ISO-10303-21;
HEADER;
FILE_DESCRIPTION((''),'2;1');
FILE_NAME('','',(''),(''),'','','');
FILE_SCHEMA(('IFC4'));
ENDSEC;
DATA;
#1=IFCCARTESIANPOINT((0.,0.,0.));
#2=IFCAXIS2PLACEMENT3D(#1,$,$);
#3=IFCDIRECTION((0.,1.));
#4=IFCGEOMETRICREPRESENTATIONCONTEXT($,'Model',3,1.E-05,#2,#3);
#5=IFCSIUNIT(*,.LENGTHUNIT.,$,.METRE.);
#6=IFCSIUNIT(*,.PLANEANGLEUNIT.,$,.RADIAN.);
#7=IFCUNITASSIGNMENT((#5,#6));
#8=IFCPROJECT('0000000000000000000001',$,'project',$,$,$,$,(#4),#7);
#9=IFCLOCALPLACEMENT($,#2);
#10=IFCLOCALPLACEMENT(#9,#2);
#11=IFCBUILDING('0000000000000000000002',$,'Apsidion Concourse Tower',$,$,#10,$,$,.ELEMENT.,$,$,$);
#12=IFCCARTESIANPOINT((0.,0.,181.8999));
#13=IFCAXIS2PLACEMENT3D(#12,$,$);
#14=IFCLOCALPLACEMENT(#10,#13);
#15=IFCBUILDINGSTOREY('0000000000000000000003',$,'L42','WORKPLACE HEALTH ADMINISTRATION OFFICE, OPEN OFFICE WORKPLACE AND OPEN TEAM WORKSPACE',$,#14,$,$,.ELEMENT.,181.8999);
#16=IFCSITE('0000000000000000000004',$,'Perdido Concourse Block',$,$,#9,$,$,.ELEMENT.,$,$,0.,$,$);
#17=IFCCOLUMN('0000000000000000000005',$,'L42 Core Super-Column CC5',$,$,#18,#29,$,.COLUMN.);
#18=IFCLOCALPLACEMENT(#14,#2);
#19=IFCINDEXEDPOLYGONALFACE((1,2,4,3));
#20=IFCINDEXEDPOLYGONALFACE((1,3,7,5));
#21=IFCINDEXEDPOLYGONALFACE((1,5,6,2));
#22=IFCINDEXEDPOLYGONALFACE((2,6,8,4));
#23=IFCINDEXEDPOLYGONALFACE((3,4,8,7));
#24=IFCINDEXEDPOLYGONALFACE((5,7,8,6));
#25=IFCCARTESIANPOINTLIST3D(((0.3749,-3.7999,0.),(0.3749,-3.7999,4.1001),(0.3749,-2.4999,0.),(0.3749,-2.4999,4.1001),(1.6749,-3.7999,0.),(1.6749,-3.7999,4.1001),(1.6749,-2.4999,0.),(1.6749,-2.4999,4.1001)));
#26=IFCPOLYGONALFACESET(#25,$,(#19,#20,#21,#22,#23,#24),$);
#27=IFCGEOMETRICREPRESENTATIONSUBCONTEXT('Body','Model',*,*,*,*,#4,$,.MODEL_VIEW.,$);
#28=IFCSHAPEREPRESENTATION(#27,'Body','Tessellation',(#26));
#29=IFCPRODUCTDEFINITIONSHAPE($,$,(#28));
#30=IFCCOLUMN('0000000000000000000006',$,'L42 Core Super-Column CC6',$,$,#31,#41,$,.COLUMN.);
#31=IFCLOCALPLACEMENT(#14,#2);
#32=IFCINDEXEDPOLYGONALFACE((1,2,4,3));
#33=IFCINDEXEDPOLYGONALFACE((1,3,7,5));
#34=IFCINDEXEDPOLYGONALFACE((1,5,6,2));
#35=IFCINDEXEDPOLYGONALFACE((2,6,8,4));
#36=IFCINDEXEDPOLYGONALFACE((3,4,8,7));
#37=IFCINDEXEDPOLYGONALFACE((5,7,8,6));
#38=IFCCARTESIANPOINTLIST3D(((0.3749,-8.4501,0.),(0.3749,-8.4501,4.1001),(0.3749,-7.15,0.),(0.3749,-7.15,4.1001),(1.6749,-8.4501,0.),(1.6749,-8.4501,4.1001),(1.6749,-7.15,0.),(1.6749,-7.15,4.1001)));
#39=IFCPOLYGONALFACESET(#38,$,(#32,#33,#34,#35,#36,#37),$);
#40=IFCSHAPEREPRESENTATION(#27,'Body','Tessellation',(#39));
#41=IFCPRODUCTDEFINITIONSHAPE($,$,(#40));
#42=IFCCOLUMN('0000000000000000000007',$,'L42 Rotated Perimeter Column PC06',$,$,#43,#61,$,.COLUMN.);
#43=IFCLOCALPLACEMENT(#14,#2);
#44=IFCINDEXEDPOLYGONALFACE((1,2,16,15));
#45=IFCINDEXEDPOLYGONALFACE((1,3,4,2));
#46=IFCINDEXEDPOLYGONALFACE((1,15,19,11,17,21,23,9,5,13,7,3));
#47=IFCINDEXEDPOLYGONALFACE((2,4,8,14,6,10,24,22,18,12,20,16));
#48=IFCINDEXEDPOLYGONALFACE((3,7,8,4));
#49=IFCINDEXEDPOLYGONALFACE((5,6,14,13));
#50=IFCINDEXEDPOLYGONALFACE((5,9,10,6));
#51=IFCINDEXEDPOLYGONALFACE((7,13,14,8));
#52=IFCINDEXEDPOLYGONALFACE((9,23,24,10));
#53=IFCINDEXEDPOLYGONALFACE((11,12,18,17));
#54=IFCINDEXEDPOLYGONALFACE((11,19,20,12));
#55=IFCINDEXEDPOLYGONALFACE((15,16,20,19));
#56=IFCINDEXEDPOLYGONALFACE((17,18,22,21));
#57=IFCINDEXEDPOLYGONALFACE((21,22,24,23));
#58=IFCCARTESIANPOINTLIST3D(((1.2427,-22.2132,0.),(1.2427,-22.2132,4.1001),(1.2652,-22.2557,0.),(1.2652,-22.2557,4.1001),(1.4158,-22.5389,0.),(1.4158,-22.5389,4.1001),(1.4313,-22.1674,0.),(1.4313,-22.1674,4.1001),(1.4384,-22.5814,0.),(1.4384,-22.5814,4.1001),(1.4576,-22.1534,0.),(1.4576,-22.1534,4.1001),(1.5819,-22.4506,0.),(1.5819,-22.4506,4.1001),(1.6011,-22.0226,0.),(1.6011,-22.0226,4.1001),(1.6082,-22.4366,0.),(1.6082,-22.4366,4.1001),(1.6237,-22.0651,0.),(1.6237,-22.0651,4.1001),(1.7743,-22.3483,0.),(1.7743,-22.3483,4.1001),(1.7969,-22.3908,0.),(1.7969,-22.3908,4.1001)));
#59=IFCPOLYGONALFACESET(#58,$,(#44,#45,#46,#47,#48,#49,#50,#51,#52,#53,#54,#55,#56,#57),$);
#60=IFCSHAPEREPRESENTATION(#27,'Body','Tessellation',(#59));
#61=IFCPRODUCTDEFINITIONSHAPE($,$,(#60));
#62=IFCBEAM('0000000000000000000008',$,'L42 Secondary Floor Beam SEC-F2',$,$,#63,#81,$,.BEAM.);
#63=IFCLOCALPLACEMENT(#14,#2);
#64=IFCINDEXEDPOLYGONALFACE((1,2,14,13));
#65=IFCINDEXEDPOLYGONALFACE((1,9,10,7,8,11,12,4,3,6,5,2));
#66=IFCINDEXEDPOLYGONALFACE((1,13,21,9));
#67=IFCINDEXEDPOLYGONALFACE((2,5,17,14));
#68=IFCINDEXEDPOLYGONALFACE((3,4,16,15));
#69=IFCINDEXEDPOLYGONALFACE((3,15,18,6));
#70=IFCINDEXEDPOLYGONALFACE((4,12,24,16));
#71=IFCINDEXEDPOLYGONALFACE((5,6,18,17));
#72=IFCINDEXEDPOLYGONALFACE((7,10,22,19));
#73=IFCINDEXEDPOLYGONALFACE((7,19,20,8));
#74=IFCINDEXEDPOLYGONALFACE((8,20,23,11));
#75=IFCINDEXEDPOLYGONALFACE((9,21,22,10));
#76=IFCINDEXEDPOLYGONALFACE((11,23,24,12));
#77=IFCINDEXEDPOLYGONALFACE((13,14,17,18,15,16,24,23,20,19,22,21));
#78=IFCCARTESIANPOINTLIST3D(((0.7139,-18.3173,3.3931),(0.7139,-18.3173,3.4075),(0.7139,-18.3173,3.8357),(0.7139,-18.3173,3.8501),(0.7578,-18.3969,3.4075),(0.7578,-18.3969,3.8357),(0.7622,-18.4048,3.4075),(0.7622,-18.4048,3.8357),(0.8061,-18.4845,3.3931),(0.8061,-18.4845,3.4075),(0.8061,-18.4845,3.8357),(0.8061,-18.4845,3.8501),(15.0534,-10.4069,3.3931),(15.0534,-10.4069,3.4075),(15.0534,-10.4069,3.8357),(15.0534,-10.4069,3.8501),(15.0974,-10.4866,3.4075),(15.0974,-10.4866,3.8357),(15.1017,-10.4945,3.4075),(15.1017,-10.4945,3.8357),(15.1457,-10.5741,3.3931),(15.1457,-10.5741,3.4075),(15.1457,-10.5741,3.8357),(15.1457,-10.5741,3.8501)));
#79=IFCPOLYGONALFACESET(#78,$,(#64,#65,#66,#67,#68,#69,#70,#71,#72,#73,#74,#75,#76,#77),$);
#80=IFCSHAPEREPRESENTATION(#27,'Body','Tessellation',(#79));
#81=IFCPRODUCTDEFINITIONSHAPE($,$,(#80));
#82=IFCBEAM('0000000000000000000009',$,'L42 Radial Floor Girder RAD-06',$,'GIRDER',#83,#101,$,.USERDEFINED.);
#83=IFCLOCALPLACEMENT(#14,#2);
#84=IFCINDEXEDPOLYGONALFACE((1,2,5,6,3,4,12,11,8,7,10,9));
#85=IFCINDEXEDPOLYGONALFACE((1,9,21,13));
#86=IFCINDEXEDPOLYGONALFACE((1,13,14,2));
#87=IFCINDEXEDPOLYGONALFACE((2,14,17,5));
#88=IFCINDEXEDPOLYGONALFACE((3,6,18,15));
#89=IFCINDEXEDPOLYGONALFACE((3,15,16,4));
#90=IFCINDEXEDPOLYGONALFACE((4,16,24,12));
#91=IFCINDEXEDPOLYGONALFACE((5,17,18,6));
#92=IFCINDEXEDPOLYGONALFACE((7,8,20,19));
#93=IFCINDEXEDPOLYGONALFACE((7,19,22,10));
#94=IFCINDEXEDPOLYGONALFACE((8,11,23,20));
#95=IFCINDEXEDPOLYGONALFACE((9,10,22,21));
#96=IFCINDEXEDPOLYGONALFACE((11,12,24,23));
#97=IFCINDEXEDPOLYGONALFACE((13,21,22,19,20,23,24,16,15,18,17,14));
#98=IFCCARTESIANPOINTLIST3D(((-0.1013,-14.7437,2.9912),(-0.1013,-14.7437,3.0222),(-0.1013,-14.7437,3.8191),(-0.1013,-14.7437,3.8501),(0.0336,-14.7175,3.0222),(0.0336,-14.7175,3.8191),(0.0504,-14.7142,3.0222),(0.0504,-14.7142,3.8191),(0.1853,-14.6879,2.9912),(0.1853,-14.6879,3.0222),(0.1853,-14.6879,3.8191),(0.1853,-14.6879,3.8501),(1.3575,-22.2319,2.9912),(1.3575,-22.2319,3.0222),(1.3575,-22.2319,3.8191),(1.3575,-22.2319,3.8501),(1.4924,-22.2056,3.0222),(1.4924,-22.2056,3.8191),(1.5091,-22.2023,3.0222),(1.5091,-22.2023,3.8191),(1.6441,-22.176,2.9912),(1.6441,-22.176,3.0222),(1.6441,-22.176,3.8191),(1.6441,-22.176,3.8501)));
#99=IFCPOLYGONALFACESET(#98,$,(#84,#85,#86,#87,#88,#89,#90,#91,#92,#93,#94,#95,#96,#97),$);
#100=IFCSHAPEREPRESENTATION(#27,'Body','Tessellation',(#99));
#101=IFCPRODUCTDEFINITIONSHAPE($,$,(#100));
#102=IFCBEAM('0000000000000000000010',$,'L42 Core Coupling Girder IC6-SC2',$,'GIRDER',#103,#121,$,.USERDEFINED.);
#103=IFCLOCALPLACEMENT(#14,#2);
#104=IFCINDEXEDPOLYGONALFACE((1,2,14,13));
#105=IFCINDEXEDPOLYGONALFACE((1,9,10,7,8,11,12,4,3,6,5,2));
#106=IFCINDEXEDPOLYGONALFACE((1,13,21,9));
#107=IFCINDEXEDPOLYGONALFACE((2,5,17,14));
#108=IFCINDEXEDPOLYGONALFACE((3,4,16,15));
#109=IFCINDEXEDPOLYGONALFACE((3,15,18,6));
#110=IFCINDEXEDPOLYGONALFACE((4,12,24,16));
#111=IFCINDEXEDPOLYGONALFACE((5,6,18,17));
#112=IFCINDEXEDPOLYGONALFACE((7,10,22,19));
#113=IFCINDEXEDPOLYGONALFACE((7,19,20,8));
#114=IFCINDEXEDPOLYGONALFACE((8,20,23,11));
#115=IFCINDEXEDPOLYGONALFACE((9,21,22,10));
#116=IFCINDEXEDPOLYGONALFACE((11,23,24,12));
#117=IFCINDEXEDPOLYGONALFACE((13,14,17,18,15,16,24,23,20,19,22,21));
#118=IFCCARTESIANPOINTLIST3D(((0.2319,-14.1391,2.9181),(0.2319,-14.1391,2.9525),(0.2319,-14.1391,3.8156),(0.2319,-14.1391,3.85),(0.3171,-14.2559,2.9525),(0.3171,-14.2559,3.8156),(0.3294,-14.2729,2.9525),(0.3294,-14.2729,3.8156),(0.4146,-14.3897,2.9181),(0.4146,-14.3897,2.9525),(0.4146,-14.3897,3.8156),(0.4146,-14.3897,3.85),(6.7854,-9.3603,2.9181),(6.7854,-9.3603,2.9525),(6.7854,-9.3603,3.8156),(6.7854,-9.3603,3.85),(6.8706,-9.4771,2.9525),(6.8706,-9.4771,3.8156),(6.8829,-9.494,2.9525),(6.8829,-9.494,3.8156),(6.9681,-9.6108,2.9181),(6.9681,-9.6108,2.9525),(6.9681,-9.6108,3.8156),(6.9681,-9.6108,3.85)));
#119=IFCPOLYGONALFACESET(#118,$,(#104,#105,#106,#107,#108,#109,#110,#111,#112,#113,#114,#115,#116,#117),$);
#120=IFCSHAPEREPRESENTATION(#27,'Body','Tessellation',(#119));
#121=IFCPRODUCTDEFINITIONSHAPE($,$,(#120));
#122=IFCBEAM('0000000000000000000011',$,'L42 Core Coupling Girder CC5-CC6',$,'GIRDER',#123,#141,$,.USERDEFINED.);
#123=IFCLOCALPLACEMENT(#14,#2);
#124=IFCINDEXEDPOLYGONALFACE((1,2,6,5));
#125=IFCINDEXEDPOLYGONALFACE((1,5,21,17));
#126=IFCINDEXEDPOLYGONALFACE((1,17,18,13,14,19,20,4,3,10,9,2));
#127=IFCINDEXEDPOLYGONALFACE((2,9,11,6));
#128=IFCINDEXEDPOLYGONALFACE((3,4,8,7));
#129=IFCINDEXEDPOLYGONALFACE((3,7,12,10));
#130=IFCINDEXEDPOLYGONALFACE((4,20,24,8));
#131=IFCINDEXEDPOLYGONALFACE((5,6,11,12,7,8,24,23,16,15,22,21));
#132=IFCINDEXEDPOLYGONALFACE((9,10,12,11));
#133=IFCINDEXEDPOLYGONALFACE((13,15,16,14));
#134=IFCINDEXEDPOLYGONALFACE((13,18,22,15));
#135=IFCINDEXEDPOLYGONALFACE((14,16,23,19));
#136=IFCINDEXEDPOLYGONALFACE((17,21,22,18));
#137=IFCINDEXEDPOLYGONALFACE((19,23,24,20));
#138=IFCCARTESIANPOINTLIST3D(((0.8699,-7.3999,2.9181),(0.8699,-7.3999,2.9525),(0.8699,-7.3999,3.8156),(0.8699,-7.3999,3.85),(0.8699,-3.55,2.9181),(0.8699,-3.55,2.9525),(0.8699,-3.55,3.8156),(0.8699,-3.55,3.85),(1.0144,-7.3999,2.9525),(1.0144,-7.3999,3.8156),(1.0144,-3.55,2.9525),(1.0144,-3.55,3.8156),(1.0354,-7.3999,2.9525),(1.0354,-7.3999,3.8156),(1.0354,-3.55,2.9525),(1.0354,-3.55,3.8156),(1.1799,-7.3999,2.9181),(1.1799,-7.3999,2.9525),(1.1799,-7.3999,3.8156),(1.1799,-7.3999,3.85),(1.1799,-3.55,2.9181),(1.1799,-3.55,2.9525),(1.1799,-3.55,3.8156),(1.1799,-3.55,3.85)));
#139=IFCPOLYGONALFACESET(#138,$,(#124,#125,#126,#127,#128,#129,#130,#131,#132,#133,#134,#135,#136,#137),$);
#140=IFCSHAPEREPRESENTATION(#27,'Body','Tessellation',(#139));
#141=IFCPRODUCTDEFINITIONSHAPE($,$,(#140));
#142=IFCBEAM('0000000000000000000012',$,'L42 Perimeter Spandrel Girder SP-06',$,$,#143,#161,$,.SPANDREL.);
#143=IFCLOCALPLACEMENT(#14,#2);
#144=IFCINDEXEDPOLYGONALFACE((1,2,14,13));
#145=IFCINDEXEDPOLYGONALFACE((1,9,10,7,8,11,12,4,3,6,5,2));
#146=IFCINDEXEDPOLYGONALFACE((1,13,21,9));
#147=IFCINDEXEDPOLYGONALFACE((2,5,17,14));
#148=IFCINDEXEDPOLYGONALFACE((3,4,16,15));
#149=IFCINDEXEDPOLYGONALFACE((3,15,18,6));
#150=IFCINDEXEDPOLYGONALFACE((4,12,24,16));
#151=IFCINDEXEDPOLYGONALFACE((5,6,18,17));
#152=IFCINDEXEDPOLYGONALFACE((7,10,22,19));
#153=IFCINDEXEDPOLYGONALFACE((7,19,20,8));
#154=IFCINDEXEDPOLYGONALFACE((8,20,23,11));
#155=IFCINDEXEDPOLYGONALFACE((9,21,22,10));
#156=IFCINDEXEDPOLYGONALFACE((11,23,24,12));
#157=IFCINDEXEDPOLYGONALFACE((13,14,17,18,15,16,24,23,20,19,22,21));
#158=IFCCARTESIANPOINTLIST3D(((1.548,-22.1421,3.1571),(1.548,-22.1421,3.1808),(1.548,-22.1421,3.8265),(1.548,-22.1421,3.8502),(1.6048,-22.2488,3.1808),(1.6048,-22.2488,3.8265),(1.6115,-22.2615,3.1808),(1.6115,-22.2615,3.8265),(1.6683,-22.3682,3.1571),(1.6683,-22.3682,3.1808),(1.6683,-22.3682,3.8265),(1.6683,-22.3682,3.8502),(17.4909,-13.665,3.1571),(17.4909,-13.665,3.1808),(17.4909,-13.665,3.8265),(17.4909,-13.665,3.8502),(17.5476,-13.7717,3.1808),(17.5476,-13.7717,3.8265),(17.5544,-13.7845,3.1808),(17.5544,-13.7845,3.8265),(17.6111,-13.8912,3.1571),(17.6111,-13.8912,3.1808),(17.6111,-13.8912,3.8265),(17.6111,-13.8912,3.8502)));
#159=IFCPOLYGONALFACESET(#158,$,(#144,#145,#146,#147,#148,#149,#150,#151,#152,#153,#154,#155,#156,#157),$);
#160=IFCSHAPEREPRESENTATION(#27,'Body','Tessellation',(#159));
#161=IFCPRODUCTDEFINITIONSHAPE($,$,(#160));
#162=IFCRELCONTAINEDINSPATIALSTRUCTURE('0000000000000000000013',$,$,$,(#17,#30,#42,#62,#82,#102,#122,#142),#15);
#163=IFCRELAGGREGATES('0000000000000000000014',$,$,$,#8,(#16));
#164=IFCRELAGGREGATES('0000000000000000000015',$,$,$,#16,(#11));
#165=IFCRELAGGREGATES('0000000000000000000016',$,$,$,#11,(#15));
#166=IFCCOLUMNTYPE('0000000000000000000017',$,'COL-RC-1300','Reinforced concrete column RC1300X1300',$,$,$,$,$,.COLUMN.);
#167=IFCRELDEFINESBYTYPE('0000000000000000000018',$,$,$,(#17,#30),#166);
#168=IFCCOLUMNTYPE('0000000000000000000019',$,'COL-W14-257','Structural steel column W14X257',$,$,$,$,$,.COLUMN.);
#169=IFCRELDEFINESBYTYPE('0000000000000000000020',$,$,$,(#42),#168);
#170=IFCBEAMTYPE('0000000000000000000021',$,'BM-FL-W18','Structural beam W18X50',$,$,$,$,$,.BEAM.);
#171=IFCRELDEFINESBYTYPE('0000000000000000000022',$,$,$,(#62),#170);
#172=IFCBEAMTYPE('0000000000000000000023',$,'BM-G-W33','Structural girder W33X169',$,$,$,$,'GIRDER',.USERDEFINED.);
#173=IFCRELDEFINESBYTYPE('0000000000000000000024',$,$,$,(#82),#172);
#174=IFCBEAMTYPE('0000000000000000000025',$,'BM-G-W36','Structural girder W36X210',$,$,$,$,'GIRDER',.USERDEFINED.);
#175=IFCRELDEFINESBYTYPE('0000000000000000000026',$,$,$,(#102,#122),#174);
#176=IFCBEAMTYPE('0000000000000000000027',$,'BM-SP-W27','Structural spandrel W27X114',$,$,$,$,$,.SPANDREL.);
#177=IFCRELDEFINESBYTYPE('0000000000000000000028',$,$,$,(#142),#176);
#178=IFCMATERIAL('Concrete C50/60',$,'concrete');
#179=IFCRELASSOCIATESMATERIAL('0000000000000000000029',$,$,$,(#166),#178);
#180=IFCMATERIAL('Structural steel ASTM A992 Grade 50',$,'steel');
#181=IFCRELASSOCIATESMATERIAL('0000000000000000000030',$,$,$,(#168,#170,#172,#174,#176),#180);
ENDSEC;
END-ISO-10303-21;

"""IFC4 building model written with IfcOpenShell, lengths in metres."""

from ifc_helpers import new_model, si_unit, direction, frame, origin, origin_2d, place, context, subcontext, project, spatial, rectangle, i_section, extrude, material, material_profile, profile_set, type_object, element, save


model = new_model("IFC4")

# Units and contexts
model_context = context("Model", 3, precision=1e-05, world=origin(), true_north=direction((0.0, 1.0)))
body_context = subcontext(model_context, "Body", "Model", "MODEL_VIEW")
ifc_project = project(units=[si_unit("LENGTHUNIT", "METRE"), si_unit("PLANEANGLEUNIT", "RADIAN")], contexts=[model_context])

# Site, building, storey
site_placement = place(None, origin())
site = spatial("IfcSite", under=ifc_project, at=site_placement, Name="Perdido Concourse Block", CompositionType="ELEMENT", RefElevation=0.0)
building_placement = place(site_placement, origin())
building = spatial("IfcBuilding", under=site, at=building_placement, Name="Apsidion Concourse Tower", CompositionType="ELEMENT")
storey_placement = place(building_placement, frame((0.0, 0.0, 181.8999)))
storey = spatial("IfcBuildingStorey", under=building, at=storey_placement, Name="L42", Description="WORKPLACE HEALTH ADMINISTRATION OFFICE, OPEN OFFICE WORKPLACE AND OPEN TEAM WORKSPACE", CompositionType="ELEMENT", Elevation=181.8999)

# Columns
ifc_material_1 = material(Name="Concrete C50/60", Category="concrete")
ifc_material_profile_1 = material_profile(ifc_material_1, rectangle(XDim=1.3, YDim=1.3, at=origin_2d()), Name="RC 1300x1300")
ifc_profile_set_1 = profile_set([ifc_material_profile_1], Name="Concrete C50/60")
column_type_1 = type_object("IfcColumnType", Name="COL-RC-1300", Description="Reinforced concrete column RC1300X1300", PredefinedType="COLUMN", material=ifc_profile_set_1)
for number, where, z_axis, x_axis, name in (
    (1, (1.0249, -3.1499, 0.0), (0.0, 0.0, 1.0), (1.0, 0.0, 0.0), "L42 Core Super-Column CC5"),
    (2, (1.0249, -7.8, 0.0), (0.0, 0.0, 1.0), (1.0, 0.0, 0.0), "L42 Core Super-Column CC6"),
):
    element("IfcColumn", number, at=place(storey_placement, frame(where, z_axis=z_axis, x_axis=x_axis)), inside=storey, type_object=column_type_1, Name=name, PredefinedType="COLUMN", context=body_context, shape_type="SweptSolid", body=[
        extrude(rectangle(XDim=1.3, YDim=1.3, at=origin_2d()), origin(), (0.0, 0.0, 1.0), 4.1001),
    ])
ifc_material_2 = material(Name="Structural steel ASTM A992 Grade 50", Category="steel")
ifc_material_profile_2 = material_profile(ifc_material_2, i_section(OverallWidth=0.406, OverallDepth=0.417, WebThickness=0.0298, FlangeThickness=0.0481, at=origin_2d()), Name="W14X257")
ifc_profile_set_2 = profile_set([ifc_material_profile_2], Name="Structural steel ASTM A992 Grade 50")
column_type_2 = type_object("IfcColumnType", Name="COL-W14-257", Description="Structural steel column W14X257", PredefinedType="COLUMN", material=ifc_profile_set_2)
column_placement = place(storey_placement, frame((1.5198, -22.302, 0.0), z_axis=(0.0, 0.0, 1.0), x_axis=(0.882948, 0.469472, 0.0)))
element("IfcColumn", 3, at=column_placement, inside=storey, type_object=column_type_2, Name="L42 Rotated Perimeter Column PC06", PredefinedType="COLUMN", context=body_context, shape_type="SweptSolid", body=[
    extrude(i_section(OverallWidth=0.406, OverallDepth=0.417, WebThickness=0.0298, FlangeThickness=0.0481, at=origin_2d()), origin(), (0.0, 0.0, 1.0), 4.1001),
])

# Beams
ifc_material_profile_3 = material_profile(ifc_material_2, i_section(OverallWidth=0.1909, OverallDepth=0.457, WebThickness=0.009, FlangeThickness=0.0144, at=origin_2d()), Name="W18X50")
ifc_profile_set_3 = profile_set([ifc_material_profile_3], Name="Structural steel ASTM A992 Grade 50")
beam_type_1 = type_object("IfcBeamType", Name="BM-FL-W18", Description="Structural beam W18X50", PredefinedType="BEAM", material=ifc_profile_set_3)
beam_1_placement = place(storey_placement, frame((0.76, -18.4009, 3.6216), z_axis=(0.875606, 0.483026, 0.0), x_axis=(-0.483026, 0.875606, 0.0)))
element("IfcBeam", 4, at=beam_1_placement, inside=storey, type_object=beam_type_1, Name="L42 Secondary Floor Beam SEC-F2", PredefinedType="BEAM", context=body_context, shape_type="SweptSolid", body=[
    extrude(i_section(OverallWidth=0.1909, OverallDepth=0.457, WebThickness=0.009, FlangeThickness=0.0144, at=origin_2d()), origin(), (0.0, 0.0, 1.0), 16.3767),
])
ifc_material_profile_4 = material_profile(ifc_material_2, i_section(OverallWidth=0.292, OverallDepth=0.8589, WebThickness=0.0171, FlangeThickness=0.031, at=origin_2d()), Name="W33X169")
ifc_profile_set_4 = profile_set([ifc_material_profile_4], Name="Structural steel ASTM A992 Grade 50")
beam_type_2 = type_object("IfcBeamType", Name="BM-G-W33", Description="Structural girder W33X169", ElementType="GIRDER", PredefinedType="USERDEFINED", material=ifc_profile_set_4)
beam_2_placement = place(storey_placement, frame((0.042, -14.7158, 3.4207), z_axis=(0.191215, -0.981548, 0.0), x_axis=(0.981548, 0.191215, 0.0)))
element("IfcBeam", 5, at=beam_2_placement, inside=storey, type_object=beam_type_2, Name="L42 Radial Floor Girder RAD-06", ObjectType="GIRDER", PredefinedType="USERDEFINED", context=body_context, shape_type="SweptSolid", body=[
    extrude(i_section(OverallWidth=0.292, OverallDepth=0.8589, WebThickness=0.0171, FlangeThickness=0.031, at=origin_2d()), origin(), (0.0, 0.0, 1.0), 7.6289),
])
ifc_material_profile_5 = material_profile(ifc_material_2, i_section(OverallWidth=0.3101, OverallDepth=0.9319, WebThickness=0.021, FlangeThickness=0.0344, at=origin_2d()), Name="W36X210")
ifc_profile_set_5 = profile_set([ifc_material_profile_5], Name="Structural steel ASTM A992 Grade 50")
beam_type_3 = type_object("IfcBeamType", Name="BM-G-W36", Description="Structural girder W36X210", ElementType="GIRDER", PredefinedType="USERDEFINED", material=ifc_profile_set_5)
beam_3_placement = place(storey_placement, frame((0.3232, -14.2644, 3.384), z_axis=(0.807993, 0.589191, 0.0), x_axis=(-0.589191, 0.807993, 0.0)))
element("IfcBeam", 6, at=beam_3_placement, inside=storey, type_object=beam_type_3, Name="L42 Core Coupling Girder IC6-SC2", ObjectType="GIRDER", PredefinedType="USERDEFINED", context=body_context, shape_type="SweptSolid", body=[
    extrude(i_section(OverallWidth=0.3101, OverallDepth=0.9319, WebThickness=0.021, FlangeThickness=0.0344, at=origin_2d()), origin(), (0.0, 0.0, 1.0), 8.1108),
])
beam_4_placement = place(storey_placement, frame((1.0249, -3.55, 3.384), z_axis=(0.0, -1.0, 0.0), x_axis=(1.0, 0.0, 0.0)))
element("IfcBeam", 7, at=beam_4_placement, inside=storey, type_object=beam_type_3, Name="L42 Core Coupling Girder CC5-CC6", ObjectType="GIRDER", PredefinedType="USERDEFINED", context=body_context, shape_type="SweptSolid", body=[
    extrude(i_section(OverallWidth=0.3101, OverallDepth=0.9319, WebThickness=0.021, FlangeThickness=0.0344, at=origin_2d()), origin(), (0.0, 0.0, 1.0), 3.8499),
])
ifc_material_profile_6 = material_profile(ifc_material_2, i_section(OverallWidth=0.2561, OverallDepth=0.6931, WebThickness=0.0144, FlangeThickness=0.0237, at=origin_2d()), Name="W27X114")
ifc_profile_set_6 = profile_set([ifc_material_profile_6], Name="Structural steel ASTM A992 Grade 50")
beam_type_4 = type_object("IfcBeamType", Name="BM-SP-W27", Description="Structural spandrel W27X114", PredefinedType="SPANDREL", material=ifc_profile_set_6)
beam_5_placement = place(storey_placement, frame((1.6082, -22.2551, 3.5037), z_axis=(0.882946, 0.469475, 0.0), x_axis=(-0.469475, 0.882946, 0.0)))
element("IfcBeam", 8, at=beam_5_placement, inside=storey, type_object=beam_type_4, Name="L42 Perimeter Spandrel Girder SP-06", PredefinedType="SPANDREL", context=body_context, shape_type="SweptSolid", body=[
    extrude(i_section(OverallWidth=0.2561, OverallDepth=0.6931, WebThickness=0.0144, FlangeThickness=0.0237, at=origin_2d()), origin(), (0.0, 0.0, 1.0), 18.0564),
])

save(model, "model.ifc")
